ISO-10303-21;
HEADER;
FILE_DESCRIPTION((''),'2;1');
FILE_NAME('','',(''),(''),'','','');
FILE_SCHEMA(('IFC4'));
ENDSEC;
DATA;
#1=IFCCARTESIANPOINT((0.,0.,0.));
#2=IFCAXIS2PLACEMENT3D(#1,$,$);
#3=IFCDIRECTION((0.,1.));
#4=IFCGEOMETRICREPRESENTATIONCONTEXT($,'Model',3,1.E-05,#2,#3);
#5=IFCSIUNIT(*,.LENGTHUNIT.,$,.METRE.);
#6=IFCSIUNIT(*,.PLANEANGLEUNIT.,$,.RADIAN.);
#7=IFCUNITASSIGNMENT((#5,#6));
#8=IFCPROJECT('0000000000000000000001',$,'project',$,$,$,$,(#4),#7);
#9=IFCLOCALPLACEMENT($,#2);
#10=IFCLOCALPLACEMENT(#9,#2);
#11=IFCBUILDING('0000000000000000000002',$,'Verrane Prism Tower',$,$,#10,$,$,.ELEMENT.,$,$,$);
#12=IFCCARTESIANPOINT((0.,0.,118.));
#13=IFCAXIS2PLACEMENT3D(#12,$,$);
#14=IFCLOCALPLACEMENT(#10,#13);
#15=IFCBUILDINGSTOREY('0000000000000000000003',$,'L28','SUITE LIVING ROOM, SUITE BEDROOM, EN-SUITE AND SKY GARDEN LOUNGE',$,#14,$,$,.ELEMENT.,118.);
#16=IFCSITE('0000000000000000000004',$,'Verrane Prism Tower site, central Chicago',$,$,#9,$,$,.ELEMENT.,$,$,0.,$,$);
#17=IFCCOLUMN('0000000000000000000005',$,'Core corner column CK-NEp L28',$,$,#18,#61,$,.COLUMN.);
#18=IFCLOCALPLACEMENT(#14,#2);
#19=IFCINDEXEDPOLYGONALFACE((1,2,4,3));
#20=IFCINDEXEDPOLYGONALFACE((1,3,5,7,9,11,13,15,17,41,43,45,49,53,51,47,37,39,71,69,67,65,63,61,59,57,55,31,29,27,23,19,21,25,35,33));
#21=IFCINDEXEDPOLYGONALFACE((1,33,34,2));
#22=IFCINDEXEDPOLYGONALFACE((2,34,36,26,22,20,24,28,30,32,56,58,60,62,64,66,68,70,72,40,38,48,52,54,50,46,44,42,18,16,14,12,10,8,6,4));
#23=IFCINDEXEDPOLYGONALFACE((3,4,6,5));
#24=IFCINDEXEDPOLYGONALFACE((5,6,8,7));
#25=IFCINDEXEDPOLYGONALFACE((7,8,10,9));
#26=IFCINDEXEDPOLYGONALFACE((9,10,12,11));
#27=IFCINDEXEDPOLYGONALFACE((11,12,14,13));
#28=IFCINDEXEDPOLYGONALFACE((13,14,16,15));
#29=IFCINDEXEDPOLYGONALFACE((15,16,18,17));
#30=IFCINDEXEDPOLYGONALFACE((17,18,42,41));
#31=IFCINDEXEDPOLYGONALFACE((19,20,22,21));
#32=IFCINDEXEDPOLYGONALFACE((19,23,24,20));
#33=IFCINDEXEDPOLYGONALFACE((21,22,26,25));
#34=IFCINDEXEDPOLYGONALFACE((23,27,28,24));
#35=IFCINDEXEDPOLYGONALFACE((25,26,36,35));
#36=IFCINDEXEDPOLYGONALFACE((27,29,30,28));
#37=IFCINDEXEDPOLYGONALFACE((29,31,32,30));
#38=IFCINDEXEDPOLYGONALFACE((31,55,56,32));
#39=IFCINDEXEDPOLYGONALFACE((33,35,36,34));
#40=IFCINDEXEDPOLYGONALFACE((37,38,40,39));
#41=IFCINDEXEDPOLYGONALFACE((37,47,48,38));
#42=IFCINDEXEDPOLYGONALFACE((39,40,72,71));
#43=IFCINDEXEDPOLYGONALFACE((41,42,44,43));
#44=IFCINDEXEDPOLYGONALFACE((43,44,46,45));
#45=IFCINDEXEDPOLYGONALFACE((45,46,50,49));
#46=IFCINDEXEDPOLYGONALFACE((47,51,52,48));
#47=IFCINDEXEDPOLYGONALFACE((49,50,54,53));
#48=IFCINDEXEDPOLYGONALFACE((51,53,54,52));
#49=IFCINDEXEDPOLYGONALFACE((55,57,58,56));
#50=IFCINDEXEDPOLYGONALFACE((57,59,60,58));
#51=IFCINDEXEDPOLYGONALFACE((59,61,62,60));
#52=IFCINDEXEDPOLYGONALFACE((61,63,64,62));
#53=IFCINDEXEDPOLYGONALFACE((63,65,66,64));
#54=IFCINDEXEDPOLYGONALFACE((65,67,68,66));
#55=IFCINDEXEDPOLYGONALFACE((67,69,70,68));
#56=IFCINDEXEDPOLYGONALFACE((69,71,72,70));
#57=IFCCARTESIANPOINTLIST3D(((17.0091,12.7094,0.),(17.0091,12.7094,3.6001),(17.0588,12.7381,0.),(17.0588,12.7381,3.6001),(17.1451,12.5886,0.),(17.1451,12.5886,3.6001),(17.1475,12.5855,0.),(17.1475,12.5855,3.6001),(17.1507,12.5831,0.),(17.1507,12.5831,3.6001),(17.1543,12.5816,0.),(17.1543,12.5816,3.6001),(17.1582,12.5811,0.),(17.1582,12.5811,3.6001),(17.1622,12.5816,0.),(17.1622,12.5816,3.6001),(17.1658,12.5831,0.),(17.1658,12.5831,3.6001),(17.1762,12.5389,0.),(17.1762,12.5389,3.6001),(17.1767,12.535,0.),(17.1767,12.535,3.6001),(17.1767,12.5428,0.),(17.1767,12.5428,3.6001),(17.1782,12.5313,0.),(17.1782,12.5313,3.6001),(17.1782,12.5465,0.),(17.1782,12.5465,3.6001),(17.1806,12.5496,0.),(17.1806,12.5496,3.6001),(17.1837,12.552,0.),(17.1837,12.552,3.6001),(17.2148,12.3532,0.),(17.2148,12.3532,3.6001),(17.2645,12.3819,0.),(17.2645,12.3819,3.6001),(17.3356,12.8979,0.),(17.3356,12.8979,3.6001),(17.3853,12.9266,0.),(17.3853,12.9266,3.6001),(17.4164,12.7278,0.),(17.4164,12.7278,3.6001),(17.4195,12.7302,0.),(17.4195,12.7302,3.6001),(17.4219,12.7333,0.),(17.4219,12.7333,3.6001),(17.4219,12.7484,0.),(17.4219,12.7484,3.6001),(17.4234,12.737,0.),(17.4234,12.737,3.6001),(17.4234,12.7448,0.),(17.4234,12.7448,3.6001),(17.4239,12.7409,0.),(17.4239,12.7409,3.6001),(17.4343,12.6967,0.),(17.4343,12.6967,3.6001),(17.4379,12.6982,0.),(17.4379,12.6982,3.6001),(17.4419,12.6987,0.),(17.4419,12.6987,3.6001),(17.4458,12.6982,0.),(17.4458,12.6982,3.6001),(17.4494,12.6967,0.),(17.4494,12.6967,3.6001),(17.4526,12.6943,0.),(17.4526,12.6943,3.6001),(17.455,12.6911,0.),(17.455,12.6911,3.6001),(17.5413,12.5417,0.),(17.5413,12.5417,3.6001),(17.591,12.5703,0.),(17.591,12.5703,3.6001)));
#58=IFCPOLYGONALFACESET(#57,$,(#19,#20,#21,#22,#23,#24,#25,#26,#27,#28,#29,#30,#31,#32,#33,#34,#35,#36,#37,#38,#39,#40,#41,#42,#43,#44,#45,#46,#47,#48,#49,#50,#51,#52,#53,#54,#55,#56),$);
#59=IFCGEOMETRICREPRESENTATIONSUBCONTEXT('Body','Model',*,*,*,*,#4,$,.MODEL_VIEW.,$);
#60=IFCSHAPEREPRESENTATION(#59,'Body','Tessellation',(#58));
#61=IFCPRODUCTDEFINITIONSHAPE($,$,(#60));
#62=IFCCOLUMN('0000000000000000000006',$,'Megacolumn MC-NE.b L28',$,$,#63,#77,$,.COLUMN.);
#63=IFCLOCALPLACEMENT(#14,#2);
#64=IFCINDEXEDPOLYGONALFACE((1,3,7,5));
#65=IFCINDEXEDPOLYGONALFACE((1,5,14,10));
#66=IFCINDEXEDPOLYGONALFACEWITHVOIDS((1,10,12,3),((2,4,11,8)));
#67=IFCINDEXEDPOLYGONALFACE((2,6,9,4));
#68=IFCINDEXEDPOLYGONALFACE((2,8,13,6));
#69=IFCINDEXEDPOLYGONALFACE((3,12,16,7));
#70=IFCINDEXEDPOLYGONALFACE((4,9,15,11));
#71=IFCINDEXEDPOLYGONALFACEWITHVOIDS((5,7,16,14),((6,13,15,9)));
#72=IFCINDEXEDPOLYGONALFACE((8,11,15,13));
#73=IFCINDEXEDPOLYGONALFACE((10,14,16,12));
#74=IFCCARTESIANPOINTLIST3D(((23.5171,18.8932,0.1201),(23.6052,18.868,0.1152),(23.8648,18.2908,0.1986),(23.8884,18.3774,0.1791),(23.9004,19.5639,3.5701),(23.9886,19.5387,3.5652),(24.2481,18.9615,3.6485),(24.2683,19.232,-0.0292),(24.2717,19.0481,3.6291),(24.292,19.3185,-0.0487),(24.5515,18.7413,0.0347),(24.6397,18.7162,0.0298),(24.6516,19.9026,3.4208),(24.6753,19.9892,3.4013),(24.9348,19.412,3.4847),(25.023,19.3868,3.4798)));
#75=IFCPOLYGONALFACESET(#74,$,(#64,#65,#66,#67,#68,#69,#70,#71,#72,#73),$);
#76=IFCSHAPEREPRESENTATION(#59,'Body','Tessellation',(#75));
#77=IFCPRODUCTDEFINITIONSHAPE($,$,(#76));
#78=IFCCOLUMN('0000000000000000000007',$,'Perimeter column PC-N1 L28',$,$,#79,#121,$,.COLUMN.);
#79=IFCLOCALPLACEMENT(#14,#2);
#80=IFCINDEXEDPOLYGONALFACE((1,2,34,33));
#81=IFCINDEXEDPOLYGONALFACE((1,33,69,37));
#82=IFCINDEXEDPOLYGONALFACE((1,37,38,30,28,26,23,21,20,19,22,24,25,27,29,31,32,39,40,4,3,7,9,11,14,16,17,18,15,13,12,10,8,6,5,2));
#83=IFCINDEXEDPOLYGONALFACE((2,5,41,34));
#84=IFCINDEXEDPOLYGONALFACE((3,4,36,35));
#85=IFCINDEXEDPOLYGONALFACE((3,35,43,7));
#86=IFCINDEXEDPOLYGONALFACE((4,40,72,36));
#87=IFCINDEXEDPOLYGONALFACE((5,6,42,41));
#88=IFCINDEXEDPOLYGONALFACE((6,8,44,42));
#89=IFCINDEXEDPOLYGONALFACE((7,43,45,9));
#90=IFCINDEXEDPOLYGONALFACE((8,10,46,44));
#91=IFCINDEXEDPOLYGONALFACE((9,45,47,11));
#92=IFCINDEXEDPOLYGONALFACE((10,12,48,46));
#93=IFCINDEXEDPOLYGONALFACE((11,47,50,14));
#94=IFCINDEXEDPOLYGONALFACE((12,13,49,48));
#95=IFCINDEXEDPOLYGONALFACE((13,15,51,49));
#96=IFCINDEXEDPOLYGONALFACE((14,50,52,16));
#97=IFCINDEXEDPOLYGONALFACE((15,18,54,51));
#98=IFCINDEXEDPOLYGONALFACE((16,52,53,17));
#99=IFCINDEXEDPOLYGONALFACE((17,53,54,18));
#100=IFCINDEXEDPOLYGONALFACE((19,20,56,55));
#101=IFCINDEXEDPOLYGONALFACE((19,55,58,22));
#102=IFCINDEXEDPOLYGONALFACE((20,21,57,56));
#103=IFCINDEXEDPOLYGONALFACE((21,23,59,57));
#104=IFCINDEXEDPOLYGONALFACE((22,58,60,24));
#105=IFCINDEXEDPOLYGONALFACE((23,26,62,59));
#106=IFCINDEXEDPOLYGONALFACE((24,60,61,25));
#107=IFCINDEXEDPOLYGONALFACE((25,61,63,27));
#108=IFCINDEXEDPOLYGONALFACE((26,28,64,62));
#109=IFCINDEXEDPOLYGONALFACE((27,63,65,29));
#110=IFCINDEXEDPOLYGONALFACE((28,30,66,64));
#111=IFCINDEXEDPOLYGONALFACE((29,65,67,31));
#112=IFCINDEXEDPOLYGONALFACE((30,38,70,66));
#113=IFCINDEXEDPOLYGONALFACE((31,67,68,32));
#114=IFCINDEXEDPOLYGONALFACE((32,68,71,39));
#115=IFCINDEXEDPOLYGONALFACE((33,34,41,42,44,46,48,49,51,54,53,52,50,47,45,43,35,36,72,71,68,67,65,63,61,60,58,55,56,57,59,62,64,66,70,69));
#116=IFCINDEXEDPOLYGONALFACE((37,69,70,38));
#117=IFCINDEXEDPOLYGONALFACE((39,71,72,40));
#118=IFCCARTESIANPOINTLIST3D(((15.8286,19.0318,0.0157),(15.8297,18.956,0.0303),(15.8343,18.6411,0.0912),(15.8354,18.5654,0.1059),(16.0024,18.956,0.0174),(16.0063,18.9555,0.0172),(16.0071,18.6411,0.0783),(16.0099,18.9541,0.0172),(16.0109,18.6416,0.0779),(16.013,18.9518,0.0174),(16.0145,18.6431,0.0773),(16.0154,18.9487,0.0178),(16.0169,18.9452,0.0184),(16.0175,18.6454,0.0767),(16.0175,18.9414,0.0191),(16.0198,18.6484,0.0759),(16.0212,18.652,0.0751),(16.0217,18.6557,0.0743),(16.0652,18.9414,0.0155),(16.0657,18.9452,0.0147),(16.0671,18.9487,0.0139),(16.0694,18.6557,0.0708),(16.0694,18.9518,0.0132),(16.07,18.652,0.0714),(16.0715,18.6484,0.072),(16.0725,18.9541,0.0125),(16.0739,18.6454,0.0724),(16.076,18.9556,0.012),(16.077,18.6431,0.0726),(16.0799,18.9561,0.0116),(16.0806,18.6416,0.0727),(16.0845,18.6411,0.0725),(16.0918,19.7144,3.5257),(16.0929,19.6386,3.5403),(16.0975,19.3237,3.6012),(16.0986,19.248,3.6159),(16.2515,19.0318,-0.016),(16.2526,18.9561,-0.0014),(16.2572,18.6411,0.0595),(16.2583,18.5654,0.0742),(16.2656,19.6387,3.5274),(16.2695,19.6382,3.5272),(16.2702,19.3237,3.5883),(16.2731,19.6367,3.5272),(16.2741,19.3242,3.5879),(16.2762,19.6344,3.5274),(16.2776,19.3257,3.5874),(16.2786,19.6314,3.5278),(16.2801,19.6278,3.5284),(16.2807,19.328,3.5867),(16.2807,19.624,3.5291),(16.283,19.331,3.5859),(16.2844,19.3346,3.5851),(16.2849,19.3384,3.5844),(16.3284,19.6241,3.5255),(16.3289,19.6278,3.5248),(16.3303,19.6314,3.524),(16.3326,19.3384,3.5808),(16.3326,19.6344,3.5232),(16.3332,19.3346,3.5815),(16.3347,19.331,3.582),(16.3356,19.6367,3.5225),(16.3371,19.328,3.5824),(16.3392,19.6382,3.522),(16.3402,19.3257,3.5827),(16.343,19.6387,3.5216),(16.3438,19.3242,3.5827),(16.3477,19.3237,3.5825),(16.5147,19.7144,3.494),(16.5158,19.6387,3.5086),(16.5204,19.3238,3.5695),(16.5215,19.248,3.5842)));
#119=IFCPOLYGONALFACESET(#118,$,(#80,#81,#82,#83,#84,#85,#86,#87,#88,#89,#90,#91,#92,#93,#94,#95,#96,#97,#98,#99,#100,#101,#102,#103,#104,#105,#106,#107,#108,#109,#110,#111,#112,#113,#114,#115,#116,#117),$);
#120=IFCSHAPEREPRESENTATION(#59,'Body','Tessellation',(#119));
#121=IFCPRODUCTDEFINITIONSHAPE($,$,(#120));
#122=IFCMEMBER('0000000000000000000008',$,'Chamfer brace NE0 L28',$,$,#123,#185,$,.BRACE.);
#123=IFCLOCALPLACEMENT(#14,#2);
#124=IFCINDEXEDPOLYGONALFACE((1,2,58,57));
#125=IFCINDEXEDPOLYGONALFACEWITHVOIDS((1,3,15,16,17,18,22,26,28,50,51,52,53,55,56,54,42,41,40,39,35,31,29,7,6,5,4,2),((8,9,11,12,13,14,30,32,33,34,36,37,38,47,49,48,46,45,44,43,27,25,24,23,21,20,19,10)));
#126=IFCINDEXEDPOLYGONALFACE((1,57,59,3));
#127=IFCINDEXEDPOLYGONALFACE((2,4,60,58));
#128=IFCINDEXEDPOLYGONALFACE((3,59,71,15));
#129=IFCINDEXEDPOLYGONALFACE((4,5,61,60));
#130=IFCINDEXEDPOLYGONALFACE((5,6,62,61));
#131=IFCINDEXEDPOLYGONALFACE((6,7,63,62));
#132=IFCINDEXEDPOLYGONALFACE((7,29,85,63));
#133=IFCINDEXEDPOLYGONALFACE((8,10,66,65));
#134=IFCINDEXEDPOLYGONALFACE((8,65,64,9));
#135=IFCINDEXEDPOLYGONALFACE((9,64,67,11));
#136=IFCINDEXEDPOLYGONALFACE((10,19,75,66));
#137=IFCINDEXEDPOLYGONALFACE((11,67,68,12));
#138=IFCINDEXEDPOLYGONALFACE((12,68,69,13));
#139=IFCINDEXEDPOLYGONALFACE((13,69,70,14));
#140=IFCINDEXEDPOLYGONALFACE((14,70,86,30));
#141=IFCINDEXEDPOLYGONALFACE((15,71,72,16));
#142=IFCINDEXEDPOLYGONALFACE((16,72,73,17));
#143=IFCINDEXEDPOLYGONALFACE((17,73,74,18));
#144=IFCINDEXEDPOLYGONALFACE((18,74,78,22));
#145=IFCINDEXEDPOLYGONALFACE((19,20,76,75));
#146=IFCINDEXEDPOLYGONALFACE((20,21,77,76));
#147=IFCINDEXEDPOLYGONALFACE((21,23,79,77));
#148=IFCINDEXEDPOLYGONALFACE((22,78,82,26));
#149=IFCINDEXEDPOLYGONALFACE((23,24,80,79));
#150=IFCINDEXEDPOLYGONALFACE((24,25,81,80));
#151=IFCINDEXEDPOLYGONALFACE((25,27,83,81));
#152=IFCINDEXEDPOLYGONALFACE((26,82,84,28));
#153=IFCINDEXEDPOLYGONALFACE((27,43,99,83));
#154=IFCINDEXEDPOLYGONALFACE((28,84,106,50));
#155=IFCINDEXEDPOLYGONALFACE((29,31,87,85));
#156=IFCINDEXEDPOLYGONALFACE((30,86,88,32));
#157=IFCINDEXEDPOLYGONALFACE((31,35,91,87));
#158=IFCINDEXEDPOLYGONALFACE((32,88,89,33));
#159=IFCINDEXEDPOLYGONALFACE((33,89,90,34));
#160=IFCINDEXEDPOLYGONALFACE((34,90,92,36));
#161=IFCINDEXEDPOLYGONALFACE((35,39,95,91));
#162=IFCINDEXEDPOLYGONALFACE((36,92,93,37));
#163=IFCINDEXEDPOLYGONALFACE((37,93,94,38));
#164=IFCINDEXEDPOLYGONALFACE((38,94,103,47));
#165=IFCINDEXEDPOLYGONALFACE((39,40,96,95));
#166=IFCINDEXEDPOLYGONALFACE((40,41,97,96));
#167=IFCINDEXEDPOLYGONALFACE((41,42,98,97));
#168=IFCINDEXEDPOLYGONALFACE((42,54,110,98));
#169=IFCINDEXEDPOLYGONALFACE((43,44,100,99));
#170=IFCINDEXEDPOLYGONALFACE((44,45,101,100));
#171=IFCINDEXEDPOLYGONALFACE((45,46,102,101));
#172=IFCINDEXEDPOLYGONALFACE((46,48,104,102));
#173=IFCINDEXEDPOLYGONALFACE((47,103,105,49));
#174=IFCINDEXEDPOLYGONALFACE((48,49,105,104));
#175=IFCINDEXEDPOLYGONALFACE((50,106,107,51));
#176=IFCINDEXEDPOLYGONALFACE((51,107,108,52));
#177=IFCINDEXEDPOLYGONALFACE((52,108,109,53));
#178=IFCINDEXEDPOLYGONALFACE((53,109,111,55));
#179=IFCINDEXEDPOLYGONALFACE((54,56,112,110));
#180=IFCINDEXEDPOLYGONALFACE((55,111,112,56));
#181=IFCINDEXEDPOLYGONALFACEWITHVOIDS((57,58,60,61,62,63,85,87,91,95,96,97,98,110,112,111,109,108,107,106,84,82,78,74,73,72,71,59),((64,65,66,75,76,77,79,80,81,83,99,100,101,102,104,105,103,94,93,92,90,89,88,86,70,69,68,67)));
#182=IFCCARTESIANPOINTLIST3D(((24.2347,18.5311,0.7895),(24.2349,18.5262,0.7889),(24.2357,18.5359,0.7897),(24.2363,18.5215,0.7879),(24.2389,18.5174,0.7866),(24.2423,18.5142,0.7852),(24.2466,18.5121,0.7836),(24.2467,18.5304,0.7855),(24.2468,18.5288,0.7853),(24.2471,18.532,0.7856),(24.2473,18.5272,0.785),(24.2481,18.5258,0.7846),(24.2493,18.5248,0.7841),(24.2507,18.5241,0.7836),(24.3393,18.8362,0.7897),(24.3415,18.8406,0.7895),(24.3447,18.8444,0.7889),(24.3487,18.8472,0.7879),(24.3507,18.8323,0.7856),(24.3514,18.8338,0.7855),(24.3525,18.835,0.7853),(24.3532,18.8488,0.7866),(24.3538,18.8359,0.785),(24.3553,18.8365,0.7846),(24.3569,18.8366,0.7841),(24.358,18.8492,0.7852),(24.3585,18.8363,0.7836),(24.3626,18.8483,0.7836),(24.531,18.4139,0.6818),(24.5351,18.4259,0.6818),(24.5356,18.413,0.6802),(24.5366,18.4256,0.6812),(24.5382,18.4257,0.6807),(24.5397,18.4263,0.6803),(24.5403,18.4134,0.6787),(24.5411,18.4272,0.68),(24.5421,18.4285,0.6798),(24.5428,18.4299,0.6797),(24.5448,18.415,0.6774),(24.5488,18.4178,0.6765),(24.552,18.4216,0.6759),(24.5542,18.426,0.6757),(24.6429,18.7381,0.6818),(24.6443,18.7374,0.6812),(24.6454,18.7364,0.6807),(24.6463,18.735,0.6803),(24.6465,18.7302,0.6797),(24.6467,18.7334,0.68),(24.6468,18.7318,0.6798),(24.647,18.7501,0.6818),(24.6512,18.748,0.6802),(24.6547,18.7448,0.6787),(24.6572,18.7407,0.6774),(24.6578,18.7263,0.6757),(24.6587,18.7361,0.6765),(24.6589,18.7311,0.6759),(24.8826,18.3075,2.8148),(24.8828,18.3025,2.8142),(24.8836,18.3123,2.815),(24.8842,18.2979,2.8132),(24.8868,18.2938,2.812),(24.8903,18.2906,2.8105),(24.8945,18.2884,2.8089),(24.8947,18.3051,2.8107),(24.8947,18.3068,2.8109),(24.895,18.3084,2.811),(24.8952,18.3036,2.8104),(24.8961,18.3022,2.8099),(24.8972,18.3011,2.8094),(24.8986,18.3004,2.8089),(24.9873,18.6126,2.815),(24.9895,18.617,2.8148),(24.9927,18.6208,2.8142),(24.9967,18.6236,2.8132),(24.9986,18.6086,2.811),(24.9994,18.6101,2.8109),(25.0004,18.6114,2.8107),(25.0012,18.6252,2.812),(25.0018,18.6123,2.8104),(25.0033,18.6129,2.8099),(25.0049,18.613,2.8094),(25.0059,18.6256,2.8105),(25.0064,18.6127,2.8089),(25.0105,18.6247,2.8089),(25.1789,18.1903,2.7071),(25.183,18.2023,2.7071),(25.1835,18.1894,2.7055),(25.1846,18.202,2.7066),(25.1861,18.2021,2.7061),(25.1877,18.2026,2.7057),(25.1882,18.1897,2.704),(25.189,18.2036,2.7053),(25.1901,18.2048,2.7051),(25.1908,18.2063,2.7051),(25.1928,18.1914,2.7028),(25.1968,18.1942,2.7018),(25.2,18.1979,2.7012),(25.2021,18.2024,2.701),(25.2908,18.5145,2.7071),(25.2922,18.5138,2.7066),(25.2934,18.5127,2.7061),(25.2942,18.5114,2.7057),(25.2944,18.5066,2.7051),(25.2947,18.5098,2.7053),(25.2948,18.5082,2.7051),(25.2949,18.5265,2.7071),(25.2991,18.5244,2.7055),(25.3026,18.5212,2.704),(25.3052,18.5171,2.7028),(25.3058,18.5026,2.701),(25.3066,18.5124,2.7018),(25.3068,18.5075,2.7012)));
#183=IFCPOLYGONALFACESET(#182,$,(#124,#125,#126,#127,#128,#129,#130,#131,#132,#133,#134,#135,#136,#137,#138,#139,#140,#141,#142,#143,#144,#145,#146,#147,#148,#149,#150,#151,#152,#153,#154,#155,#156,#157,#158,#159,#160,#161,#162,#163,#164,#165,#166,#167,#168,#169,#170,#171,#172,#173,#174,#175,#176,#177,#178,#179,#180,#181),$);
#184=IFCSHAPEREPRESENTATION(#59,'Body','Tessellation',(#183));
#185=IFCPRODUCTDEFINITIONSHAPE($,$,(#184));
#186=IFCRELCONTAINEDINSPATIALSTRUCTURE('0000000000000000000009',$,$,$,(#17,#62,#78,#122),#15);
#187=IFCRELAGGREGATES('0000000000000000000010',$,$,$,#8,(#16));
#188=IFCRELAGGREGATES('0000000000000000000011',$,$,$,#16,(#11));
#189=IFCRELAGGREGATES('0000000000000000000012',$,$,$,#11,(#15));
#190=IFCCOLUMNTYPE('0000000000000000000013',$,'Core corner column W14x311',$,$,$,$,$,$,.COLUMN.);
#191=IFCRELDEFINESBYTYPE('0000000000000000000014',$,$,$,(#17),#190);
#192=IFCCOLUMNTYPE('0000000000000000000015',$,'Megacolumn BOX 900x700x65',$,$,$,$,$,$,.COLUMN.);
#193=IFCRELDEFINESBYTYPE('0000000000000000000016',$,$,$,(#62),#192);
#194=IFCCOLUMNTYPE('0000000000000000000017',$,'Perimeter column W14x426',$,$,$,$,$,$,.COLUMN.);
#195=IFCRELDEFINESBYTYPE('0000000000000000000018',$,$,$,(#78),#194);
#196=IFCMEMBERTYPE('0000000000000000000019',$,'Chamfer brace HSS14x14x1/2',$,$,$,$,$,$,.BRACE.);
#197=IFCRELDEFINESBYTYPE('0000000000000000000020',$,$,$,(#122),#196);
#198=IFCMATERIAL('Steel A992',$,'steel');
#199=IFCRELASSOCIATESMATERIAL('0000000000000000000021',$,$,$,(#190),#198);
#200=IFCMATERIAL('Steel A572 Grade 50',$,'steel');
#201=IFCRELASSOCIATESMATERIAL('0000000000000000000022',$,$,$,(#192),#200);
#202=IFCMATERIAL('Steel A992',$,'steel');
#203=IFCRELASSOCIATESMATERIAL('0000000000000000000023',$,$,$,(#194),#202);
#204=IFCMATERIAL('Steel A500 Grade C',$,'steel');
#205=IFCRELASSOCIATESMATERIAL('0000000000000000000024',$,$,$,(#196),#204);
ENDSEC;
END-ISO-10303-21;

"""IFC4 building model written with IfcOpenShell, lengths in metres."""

from ifc_helpers import new_model, si_unit, direction, frame, origin, origin_2d, place, context, subcontext, project, spatial, hollow_rectangle, i_section, extrude, material, material_profile, profile_set, type_object, element, save


model = new_model("IFC4")

# Units and contexts
model_context = context("Model", 3, precision=1e-05, world=origin(), true_north=direction((0.0, 1.0)))
body_context = subcontext(model_context, "Body", "Model", "MODEL_VIEW")
ifc_project = project(units=[si_unit("LENGTHUNIT", "METRE"), si_unit("PLANEANGLEUNIT", "RADIAN")], contexts=[model_context])

# Site, building, storey
site_placement = place(None, origin())
site = spatial("IfcSite", under=ifc_project, at=site_placement, Name="Verrane Prism Tower site, central Chicago", CompositionType="ELEMENT", RefElevation=0.0)
building_placement = place(site_placement, origin())
building = spatial("IfcBuilding", under=site, at=building_placement, Name="Verrane Prism Tower", CompositionType="ELEMENT")
storey_placement = place(building_placement, frame((0.0, 0.0, 118.0)))
storey = spatial("IfcBuildingStorey", under=building, at=storey_placement, Name="L28", Description="SUITE LIVING ROOM, SUITE BEDROOM, EN-SUITE AND SKY GARDEN LOUNGE", CompositionType="ELEMENT", Elevation=118.0)

# Columns
ifc_material_1 = material(Name="Steel A992", Category="steel")
ifc_material_profile_1 = material_profile(ifc_material_1, i_section(OverallWidth=0.4114, OverallDepth=0.4343, WebThickness=0.0359, FlangeThickness=0.0574, FilletRadius=0.0151, at=origin_2d()), Name="W14x311")
ifc_profile_set_1 = profile_set([ifc_material_profile_1], Name="Steel A992")
column_type_1 = type_object("IfcColumnType", Name="Core corner column W14x311", PredefinedType="COLUMN", material=ifc_profile_set_1)
column_1_placement = place(storey_placement, frame((17.3, 12.6399, 0.0), z_axis=(0.0, 0.0, 1.0), x_axis=(0.5, -0.866025, 0.0)))
element("IfcColumn", 1, at=column_1_placement, inside=storey, type_object=column_type_1, Name="Core corner column CK-NEp L28", PredefinedType="COLUMN", context=body_context, shape_type="SweptSolid", body=[
    extrude(i_section(OverallWidth=0.4114, OverallDepth=0.4343, WebThickness=0.0359, FlangeThickness=0.0574, FilletRadius=0.0151, at=origin_2d()), origin(), (0.0, 0.0, 1.0), 3.6001),
])
ifc_material_2 = material(Name="Steel A572 Grade 50", Category="steel")
ifc_material_profile_2 = material_profile(ifc_material_2, hollow_rectangle(XDim=0.7, YDim=0.8999, WallThickness=0.0649, at=origin_2d()), Name="BOX 900x700x65")
ifc_profile_set_2 = profile_set([ifc_material_profile_2], Name="Steel A572 Grade 50")
column_type_2 = type_object("IfcColumnType", Name="Megacolumn BOX 900x700x65", PredefinedType="COLUMN", material=ifc_profile_set_2)
column_2_placement = place(storey_placement, frame((24.0784, 18.8047, 0.075), z_axis=(0.108419, 0.189698, 0.975838), x_axis=(0.496777, -0.860607, 0.112104)))
element("IfcColumn", 2, at=column_2_placement, inside=storey, type_object=column_type_2, Name="Megacolumn MC-NE.b L28", PredefinedType="COLUMN", context=body_context, shape_type="SweptSolid", body=[
    extrude(hollow_rectangle(XDim=0.7, YDim=0.8999, WallThickness=0.0649, at=origin_2d()), origin(), (0.0, 0.0, 1.0), 3.5354),
])
ifc_material_3 = material(Name="Steel A992", Category="steel")
ifc_material_profile_3 = material_profile(ifc_material_3, i_section(OverallWidth=0.4241, OverallDepth=0.4751, WebThickness=0.0479, FlangeThickness=0.0771, FilletRadius=0.0149, at=origin_2d()), Name="W14x426")
ifc_profile_set_3 = profile_set([ifc_material_profile_3], Name="Steel A992")
column_type_3 = type_object("IfcColumnType", Name="Perimeter column W14x426", PredefinedType="COLUMN", material=ifc_profile_set_3)
column_3_placement = place(storey_placement, frame((16.0435, 18.7986, 0.0449), z_axis=(0.073403, 0.190386, 0.978961), x_axis=(0.997199, 0.00014, -0.074798)))
element("IfcColumn", 3, at=column_3_placement, inside=storey, type_object=column_type_3, Name="Perimeter column PC-N1 L28", PredefinedType="COLUMN", context=body_context, shape_type="SweptSolid", body=[
    extrude(i_section(OverallWidth=0.4241, OverallDepth=0.4751, WebThickness=0.0479, FlangeThickness=0.0771, FilletRadius=0.0149, at=origin_2d()), origin(), (0.0, 0.0, 1.0), 3.5854),
])

# Member
ifc_material_4 = material(Name="Steel A500 Grade C", Category="steel")
ifc_material_profile_4 = material_profile(ifc_material_4, hollow_rectangle(XDim=0.3557, YDim=0.3557, WallThickness=0.0127, InnerFilletRadius=0.0063, OuterFilletRadius=0.019, at=origin_2d()), Name="HSS14x14x1/2")
ifc_profile_set_4 = profile_set([ifc_material_profile_4], Name="Steel A500 Grade C")
member_type_1 = type_object("IfcMemberType", Name="Chamfer brace HSS14x14x1/2", PredefinedType="BRACE", material=ifc_profile_set_4)
member_1_placement = place(storey_placement, frame((24.4468, 18.6311, 0.7327), z_axis=(0.30303, -0.104587, 0.947225), x_axis=(0.326254, 0.945282, 0.0)))
element("IfcMember", 4, at=member_1_placement, inside=storey, type_object=member_type_1, Name="Chamfer brace NE0 L28", PredefinedType="BRACE", context=body_context, shape_type="SweptSolid", body=[
    extrude(hollow_rectangle(XDim=0.3557, YDim=0.3557, WallThickness=0.0127, InnerFilletRadius=0.0063, OuterFilletRadius=0.019, at=origin_2d()), origin(), (0.0, 0.0, 1.0), 2.1382),
])

save(model, "model.ifc")
